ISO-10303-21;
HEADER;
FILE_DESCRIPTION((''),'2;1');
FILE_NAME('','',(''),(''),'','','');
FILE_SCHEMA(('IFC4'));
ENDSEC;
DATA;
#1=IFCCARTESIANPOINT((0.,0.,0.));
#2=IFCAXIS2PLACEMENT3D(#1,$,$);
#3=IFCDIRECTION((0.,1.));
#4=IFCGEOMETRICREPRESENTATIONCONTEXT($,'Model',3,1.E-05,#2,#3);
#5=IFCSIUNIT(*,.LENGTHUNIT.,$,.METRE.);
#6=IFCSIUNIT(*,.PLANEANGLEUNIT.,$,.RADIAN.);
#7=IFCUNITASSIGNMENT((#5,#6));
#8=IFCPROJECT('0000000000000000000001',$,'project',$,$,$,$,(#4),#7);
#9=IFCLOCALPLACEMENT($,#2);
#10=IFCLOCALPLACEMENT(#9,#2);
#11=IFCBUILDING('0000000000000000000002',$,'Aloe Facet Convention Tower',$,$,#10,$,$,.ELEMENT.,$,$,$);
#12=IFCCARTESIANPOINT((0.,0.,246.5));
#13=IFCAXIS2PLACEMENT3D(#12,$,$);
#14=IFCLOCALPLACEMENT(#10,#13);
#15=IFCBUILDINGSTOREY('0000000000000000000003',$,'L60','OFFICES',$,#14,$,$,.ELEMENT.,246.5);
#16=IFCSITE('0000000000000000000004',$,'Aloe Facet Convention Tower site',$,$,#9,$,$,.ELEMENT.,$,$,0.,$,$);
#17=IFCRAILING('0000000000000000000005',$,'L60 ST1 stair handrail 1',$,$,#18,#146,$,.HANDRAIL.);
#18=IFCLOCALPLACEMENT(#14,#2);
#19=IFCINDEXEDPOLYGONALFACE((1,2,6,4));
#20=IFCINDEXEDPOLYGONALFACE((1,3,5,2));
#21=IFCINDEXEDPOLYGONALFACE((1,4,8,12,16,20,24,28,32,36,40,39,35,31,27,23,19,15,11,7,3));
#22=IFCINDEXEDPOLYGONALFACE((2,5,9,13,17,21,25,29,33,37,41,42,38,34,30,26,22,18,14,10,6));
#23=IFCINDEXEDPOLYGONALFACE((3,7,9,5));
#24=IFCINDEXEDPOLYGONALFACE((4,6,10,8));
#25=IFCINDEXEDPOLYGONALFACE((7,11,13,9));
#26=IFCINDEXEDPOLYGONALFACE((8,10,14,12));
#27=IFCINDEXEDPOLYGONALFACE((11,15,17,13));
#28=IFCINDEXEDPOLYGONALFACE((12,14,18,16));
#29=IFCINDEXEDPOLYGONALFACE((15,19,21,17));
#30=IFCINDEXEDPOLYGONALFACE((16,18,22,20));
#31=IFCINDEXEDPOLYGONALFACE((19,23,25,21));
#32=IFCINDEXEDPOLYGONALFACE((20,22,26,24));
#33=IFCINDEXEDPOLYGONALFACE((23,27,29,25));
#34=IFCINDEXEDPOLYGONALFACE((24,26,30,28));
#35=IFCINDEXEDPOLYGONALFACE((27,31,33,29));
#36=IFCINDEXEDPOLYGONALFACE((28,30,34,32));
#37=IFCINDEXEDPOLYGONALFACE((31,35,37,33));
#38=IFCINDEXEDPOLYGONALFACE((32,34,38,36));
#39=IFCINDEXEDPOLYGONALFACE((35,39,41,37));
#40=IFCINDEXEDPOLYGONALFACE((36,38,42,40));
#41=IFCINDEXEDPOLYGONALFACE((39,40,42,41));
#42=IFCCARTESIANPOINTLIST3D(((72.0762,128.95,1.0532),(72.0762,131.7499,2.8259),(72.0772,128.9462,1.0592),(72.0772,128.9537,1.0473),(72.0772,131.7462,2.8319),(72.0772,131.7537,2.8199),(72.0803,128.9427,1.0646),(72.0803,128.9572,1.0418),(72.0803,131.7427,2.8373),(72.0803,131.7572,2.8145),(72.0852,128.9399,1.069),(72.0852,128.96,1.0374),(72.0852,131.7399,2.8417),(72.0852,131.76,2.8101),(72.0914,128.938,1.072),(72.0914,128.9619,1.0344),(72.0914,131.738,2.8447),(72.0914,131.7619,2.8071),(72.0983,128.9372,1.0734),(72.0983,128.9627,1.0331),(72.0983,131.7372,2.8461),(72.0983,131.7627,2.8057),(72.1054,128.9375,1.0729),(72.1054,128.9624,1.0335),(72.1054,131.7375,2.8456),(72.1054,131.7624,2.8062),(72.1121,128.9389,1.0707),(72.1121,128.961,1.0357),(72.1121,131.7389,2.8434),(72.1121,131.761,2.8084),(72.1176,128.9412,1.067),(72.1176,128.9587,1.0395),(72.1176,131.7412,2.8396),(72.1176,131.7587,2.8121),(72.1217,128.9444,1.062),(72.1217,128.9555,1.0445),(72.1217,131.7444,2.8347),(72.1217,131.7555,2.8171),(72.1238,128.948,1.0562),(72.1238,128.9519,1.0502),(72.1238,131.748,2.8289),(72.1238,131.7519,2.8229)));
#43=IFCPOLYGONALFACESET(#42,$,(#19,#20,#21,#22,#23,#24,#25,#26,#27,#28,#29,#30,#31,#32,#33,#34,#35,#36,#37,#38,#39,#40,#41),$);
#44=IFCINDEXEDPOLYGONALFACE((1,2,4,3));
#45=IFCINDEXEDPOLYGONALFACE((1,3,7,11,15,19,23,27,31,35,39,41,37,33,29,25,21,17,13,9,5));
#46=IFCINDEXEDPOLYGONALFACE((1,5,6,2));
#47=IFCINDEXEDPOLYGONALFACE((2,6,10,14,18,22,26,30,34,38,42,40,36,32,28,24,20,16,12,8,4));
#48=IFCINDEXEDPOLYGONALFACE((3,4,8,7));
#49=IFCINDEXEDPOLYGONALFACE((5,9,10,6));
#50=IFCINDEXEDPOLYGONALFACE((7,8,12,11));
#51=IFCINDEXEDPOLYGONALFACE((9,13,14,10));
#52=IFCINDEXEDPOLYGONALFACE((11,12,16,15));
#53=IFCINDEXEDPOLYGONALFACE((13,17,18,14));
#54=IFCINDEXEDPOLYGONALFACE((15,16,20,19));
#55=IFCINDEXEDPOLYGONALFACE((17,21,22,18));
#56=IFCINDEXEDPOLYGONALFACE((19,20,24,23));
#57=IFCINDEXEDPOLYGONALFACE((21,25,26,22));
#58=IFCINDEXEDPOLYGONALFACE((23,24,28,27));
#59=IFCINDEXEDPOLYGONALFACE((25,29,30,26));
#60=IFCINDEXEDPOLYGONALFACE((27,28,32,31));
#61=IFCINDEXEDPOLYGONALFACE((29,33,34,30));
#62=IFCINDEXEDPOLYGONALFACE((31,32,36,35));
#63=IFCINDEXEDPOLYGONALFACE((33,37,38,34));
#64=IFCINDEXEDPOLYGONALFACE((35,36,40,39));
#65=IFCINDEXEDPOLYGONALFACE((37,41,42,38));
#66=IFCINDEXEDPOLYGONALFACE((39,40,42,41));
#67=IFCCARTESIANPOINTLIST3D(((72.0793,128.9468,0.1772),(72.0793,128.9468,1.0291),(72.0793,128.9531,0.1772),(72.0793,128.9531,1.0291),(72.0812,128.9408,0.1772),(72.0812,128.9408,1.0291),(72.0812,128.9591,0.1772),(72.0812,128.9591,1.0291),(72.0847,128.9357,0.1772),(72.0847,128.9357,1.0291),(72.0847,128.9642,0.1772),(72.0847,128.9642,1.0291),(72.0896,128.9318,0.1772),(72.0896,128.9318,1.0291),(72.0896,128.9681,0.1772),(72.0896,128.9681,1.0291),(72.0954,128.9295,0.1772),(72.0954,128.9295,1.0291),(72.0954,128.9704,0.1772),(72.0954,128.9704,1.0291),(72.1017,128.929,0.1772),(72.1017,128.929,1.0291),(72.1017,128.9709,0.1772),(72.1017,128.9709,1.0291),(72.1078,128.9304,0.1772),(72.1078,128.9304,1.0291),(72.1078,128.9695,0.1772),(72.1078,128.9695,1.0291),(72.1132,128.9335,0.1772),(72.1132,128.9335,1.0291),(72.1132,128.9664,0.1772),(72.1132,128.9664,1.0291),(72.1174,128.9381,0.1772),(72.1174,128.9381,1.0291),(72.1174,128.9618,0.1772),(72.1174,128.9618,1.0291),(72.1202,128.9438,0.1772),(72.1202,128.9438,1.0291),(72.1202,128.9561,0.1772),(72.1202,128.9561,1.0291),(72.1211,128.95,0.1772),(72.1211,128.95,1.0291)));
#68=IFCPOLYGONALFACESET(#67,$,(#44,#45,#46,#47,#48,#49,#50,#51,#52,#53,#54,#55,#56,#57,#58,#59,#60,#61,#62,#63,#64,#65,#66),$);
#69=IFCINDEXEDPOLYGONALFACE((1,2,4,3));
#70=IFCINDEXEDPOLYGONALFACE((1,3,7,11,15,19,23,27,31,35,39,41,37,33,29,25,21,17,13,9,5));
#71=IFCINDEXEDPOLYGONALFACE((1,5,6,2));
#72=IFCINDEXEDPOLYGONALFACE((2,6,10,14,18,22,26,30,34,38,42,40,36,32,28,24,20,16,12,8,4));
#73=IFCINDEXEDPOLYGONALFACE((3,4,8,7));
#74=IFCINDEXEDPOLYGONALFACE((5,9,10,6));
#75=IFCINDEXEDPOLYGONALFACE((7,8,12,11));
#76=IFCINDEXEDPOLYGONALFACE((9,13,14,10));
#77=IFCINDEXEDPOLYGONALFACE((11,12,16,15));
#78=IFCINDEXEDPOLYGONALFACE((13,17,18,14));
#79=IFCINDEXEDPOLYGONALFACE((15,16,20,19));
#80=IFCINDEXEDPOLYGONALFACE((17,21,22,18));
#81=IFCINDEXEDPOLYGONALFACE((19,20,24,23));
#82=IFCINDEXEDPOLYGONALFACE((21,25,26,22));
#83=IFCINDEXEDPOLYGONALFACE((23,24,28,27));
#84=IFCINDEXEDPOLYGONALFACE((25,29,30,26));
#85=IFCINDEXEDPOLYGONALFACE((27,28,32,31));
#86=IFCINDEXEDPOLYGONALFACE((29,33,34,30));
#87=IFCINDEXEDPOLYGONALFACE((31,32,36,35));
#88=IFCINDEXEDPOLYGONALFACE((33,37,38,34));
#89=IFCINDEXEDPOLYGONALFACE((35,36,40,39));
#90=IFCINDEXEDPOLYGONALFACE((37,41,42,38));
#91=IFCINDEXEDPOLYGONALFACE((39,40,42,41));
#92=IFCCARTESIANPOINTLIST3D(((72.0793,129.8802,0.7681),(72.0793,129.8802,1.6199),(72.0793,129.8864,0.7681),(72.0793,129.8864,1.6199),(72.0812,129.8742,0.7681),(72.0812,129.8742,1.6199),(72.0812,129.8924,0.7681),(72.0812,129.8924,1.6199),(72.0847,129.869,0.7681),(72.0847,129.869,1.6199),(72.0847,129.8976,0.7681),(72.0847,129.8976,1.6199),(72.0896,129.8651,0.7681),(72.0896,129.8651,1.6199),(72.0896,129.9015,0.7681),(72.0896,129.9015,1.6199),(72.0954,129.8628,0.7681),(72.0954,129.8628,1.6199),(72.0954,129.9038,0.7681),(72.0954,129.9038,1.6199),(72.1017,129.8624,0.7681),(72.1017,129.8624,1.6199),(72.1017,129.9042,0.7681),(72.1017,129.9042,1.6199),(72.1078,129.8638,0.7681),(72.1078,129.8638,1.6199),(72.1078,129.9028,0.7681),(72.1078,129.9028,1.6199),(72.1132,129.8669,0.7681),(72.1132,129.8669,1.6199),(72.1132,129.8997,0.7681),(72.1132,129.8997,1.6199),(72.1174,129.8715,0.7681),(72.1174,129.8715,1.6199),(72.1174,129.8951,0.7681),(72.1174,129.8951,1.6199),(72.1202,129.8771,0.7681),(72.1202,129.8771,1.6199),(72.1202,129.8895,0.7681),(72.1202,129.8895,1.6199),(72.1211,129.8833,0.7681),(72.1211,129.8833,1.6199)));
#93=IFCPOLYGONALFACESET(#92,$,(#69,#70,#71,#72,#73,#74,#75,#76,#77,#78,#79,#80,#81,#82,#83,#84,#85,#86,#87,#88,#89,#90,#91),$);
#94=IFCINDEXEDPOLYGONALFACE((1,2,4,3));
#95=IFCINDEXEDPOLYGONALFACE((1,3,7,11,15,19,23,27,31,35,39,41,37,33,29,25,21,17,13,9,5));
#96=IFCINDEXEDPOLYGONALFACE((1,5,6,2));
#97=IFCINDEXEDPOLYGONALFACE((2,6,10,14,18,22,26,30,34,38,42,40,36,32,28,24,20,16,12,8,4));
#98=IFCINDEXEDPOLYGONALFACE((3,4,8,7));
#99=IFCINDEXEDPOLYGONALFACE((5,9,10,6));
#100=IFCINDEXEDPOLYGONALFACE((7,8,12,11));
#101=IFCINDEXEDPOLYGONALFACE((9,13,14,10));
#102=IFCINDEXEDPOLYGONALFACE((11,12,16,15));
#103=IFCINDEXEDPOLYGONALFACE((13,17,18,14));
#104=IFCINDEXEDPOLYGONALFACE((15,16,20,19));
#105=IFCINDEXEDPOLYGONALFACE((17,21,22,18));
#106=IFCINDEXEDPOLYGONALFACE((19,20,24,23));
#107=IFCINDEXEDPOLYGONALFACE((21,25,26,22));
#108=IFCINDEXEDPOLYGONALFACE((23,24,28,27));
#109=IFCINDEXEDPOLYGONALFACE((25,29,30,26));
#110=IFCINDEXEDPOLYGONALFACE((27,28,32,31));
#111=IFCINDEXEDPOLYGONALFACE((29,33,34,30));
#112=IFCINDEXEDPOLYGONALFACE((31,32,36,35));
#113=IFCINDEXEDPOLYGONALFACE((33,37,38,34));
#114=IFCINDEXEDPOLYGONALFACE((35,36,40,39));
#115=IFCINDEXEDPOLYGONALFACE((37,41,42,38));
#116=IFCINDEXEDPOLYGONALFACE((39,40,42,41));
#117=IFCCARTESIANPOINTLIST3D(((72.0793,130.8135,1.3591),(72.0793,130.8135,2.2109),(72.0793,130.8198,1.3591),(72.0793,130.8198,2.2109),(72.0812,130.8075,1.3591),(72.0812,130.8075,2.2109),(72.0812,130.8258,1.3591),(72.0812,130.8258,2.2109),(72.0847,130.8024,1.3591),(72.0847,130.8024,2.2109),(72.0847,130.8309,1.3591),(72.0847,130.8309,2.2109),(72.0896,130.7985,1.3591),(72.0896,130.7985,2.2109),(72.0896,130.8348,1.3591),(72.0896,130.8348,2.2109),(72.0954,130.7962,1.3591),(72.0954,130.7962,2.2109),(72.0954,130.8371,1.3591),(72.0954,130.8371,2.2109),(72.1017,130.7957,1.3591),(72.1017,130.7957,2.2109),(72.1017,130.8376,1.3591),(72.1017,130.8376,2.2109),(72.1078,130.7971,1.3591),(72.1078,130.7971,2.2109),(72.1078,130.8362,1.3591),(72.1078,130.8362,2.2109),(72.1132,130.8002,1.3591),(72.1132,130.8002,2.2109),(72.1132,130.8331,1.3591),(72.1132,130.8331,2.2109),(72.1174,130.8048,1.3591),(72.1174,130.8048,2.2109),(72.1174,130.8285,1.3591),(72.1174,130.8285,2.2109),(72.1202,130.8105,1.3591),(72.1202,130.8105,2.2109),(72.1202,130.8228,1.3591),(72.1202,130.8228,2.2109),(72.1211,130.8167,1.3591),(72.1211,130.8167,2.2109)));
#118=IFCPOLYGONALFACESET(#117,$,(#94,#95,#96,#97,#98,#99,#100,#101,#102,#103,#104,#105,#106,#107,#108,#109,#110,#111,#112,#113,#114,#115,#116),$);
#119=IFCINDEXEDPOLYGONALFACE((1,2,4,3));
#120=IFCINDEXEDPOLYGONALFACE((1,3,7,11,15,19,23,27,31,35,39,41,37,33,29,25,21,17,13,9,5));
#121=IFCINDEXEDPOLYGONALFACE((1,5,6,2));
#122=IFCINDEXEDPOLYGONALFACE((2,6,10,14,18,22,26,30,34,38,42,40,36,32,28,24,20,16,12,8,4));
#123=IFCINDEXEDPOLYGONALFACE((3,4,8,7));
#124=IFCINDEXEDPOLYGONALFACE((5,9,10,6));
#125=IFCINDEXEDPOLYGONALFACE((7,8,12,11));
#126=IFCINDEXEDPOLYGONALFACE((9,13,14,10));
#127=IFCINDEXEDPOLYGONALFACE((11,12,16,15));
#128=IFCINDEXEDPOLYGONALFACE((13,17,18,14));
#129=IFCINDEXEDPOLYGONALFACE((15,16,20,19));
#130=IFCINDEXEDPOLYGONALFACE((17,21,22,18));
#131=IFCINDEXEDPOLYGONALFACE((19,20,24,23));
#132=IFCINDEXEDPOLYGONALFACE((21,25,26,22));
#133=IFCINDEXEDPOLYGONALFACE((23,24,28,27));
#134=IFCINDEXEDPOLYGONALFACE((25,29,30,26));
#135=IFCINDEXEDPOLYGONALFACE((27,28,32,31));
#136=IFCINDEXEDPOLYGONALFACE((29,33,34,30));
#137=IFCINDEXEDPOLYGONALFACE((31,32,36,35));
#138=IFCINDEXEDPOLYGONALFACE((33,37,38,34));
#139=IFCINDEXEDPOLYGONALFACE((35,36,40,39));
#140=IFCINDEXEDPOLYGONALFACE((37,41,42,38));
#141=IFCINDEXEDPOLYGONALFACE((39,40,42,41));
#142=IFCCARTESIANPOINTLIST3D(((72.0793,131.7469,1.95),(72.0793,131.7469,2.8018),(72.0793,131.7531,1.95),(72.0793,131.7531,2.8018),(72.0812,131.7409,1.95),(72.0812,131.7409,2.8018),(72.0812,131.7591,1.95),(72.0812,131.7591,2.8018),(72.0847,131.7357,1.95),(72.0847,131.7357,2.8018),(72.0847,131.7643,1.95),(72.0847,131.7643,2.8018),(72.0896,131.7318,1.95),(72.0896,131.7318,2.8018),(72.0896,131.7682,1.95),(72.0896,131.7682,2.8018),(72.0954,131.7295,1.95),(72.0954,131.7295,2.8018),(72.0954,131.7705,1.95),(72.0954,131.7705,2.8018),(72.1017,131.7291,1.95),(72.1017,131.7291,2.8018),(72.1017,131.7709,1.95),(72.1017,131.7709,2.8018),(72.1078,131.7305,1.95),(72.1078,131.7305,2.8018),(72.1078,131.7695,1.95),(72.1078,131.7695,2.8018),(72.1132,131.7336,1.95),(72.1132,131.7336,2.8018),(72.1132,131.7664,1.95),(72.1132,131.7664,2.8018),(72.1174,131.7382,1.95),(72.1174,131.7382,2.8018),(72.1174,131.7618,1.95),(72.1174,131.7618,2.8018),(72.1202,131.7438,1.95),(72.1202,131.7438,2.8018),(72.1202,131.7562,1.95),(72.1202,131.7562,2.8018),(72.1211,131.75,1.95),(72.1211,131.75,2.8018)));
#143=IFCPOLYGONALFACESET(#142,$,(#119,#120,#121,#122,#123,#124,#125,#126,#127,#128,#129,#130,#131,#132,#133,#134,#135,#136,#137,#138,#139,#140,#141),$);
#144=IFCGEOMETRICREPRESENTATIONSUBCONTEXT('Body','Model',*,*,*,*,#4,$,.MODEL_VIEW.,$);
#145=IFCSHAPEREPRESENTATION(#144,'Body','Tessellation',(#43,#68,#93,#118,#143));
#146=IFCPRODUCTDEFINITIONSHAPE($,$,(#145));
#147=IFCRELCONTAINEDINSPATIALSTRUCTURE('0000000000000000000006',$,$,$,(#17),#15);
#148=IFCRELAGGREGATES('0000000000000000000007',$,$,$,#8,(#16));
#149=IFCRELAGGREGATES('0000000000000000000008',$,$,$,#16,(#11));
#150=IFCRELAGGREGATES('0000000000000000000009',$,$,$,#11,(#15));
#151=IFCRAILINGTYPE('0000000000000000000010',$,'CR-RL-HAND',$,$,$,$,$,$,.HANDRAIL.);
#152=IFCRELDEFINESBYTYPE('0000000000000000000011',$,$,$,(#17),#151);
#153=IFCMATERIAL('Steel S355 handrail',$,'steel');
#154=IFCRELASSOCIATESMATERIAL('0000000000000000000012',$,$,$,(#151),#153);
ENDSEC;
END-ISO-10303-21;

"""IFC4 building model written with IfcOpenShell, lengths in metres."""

from ifc_helpers import new_model, si_unit, direction, frame, origin, origin_2d, place, context, subcontext, project, spatial, circle, extrude, material, type_object, element, save


model = new_model("IFC4")

# Units and contexts
model_context = context("Model", 3, precision=1e-05, world=origin(), true_north=direction((0.0, 1.0)))
body_context = subcontext(model_context, "Body", "Model", "MODEL_VIEW")
ifc_project = project(units=[si_unit("LENGTHUNIT", "METRE"), si_unit("PLANEANGLEUNIT", "RADIAN")], contexts=[model_context])

# Site, building, storey
site_placement = place(None, origin())
site = spatial("IfcSite", under=ifc_project, at=site_placement, Name="Aloe Facet Convention Tower site", CompositionType="ELEMENT", RefElevation=0.0)
building_placement = place(site_placement, origin())
building = spatial("IfcBuilding", under=site, at=building_placement, Name="Aloe Facet Convention Tower", CompositionType="ELEMENT")
storey_placement = place(building_placement, frame((0.0, 0.0, 246.5)))
storey = spatial("IfcBuildingStorey", under=building, at=storey_placement, Name="L60", Description="OFFICES", CompositionType="ELEMENT", Elevation=246.5)

# Railing
ifc_material_1 = material(Name="Steel S355 handrail", Category="steel")
railing_type_1 = type_object("IfcRailingType", Name="CR-RL-HAND", PredefinedType="HANDRAIL", material=ifc_material_1)
railing_1_placement = place(storey_placement, frame((72.1001, 128.95, 0.1772)))
element("IfcRailing", 1, at=railing_1_placement, inside=storey, type_object=railing_type_1, Name="L60 ST1 stair handrail 1", PredefinedType="HANDRAIL", context=body_context, shape_type="SweptSolid", body=[
    extrude(circle(Radius=0.0239, at=origin_2d()), frame((0.0, 0.0, 0.876), z_axis=(0.0, 0.844909, 0.53491), x_axis=(-1.0, 0.0, 0.0)), (0.0, 0.0, 1.0), 3.314),
    extrude(circle(Radius=0.021, at=origin_2d()), origin(), (0.0, 0.0, 1.0), 0.8518),
    extrude(circle(Radius=0.021, at=origin_2d()), frame((0.0, 0.9333, 0.5908)), (0.0, 0.0, 1.0), 0.8518),
    extrude(circle(Radius=0.021, at=origin_2d()), frame((0.0, 1.8667, 1.1819)), (0.0, 0.0, 1.0), 0.8518),
    extrude(circle(Radius=0.021, at=origin_2d()), frame((0.0, 2.8, 1.7727)), (0.0, 0.0, 1.0), 0.8518),
])

save(model, "model.ifc")
